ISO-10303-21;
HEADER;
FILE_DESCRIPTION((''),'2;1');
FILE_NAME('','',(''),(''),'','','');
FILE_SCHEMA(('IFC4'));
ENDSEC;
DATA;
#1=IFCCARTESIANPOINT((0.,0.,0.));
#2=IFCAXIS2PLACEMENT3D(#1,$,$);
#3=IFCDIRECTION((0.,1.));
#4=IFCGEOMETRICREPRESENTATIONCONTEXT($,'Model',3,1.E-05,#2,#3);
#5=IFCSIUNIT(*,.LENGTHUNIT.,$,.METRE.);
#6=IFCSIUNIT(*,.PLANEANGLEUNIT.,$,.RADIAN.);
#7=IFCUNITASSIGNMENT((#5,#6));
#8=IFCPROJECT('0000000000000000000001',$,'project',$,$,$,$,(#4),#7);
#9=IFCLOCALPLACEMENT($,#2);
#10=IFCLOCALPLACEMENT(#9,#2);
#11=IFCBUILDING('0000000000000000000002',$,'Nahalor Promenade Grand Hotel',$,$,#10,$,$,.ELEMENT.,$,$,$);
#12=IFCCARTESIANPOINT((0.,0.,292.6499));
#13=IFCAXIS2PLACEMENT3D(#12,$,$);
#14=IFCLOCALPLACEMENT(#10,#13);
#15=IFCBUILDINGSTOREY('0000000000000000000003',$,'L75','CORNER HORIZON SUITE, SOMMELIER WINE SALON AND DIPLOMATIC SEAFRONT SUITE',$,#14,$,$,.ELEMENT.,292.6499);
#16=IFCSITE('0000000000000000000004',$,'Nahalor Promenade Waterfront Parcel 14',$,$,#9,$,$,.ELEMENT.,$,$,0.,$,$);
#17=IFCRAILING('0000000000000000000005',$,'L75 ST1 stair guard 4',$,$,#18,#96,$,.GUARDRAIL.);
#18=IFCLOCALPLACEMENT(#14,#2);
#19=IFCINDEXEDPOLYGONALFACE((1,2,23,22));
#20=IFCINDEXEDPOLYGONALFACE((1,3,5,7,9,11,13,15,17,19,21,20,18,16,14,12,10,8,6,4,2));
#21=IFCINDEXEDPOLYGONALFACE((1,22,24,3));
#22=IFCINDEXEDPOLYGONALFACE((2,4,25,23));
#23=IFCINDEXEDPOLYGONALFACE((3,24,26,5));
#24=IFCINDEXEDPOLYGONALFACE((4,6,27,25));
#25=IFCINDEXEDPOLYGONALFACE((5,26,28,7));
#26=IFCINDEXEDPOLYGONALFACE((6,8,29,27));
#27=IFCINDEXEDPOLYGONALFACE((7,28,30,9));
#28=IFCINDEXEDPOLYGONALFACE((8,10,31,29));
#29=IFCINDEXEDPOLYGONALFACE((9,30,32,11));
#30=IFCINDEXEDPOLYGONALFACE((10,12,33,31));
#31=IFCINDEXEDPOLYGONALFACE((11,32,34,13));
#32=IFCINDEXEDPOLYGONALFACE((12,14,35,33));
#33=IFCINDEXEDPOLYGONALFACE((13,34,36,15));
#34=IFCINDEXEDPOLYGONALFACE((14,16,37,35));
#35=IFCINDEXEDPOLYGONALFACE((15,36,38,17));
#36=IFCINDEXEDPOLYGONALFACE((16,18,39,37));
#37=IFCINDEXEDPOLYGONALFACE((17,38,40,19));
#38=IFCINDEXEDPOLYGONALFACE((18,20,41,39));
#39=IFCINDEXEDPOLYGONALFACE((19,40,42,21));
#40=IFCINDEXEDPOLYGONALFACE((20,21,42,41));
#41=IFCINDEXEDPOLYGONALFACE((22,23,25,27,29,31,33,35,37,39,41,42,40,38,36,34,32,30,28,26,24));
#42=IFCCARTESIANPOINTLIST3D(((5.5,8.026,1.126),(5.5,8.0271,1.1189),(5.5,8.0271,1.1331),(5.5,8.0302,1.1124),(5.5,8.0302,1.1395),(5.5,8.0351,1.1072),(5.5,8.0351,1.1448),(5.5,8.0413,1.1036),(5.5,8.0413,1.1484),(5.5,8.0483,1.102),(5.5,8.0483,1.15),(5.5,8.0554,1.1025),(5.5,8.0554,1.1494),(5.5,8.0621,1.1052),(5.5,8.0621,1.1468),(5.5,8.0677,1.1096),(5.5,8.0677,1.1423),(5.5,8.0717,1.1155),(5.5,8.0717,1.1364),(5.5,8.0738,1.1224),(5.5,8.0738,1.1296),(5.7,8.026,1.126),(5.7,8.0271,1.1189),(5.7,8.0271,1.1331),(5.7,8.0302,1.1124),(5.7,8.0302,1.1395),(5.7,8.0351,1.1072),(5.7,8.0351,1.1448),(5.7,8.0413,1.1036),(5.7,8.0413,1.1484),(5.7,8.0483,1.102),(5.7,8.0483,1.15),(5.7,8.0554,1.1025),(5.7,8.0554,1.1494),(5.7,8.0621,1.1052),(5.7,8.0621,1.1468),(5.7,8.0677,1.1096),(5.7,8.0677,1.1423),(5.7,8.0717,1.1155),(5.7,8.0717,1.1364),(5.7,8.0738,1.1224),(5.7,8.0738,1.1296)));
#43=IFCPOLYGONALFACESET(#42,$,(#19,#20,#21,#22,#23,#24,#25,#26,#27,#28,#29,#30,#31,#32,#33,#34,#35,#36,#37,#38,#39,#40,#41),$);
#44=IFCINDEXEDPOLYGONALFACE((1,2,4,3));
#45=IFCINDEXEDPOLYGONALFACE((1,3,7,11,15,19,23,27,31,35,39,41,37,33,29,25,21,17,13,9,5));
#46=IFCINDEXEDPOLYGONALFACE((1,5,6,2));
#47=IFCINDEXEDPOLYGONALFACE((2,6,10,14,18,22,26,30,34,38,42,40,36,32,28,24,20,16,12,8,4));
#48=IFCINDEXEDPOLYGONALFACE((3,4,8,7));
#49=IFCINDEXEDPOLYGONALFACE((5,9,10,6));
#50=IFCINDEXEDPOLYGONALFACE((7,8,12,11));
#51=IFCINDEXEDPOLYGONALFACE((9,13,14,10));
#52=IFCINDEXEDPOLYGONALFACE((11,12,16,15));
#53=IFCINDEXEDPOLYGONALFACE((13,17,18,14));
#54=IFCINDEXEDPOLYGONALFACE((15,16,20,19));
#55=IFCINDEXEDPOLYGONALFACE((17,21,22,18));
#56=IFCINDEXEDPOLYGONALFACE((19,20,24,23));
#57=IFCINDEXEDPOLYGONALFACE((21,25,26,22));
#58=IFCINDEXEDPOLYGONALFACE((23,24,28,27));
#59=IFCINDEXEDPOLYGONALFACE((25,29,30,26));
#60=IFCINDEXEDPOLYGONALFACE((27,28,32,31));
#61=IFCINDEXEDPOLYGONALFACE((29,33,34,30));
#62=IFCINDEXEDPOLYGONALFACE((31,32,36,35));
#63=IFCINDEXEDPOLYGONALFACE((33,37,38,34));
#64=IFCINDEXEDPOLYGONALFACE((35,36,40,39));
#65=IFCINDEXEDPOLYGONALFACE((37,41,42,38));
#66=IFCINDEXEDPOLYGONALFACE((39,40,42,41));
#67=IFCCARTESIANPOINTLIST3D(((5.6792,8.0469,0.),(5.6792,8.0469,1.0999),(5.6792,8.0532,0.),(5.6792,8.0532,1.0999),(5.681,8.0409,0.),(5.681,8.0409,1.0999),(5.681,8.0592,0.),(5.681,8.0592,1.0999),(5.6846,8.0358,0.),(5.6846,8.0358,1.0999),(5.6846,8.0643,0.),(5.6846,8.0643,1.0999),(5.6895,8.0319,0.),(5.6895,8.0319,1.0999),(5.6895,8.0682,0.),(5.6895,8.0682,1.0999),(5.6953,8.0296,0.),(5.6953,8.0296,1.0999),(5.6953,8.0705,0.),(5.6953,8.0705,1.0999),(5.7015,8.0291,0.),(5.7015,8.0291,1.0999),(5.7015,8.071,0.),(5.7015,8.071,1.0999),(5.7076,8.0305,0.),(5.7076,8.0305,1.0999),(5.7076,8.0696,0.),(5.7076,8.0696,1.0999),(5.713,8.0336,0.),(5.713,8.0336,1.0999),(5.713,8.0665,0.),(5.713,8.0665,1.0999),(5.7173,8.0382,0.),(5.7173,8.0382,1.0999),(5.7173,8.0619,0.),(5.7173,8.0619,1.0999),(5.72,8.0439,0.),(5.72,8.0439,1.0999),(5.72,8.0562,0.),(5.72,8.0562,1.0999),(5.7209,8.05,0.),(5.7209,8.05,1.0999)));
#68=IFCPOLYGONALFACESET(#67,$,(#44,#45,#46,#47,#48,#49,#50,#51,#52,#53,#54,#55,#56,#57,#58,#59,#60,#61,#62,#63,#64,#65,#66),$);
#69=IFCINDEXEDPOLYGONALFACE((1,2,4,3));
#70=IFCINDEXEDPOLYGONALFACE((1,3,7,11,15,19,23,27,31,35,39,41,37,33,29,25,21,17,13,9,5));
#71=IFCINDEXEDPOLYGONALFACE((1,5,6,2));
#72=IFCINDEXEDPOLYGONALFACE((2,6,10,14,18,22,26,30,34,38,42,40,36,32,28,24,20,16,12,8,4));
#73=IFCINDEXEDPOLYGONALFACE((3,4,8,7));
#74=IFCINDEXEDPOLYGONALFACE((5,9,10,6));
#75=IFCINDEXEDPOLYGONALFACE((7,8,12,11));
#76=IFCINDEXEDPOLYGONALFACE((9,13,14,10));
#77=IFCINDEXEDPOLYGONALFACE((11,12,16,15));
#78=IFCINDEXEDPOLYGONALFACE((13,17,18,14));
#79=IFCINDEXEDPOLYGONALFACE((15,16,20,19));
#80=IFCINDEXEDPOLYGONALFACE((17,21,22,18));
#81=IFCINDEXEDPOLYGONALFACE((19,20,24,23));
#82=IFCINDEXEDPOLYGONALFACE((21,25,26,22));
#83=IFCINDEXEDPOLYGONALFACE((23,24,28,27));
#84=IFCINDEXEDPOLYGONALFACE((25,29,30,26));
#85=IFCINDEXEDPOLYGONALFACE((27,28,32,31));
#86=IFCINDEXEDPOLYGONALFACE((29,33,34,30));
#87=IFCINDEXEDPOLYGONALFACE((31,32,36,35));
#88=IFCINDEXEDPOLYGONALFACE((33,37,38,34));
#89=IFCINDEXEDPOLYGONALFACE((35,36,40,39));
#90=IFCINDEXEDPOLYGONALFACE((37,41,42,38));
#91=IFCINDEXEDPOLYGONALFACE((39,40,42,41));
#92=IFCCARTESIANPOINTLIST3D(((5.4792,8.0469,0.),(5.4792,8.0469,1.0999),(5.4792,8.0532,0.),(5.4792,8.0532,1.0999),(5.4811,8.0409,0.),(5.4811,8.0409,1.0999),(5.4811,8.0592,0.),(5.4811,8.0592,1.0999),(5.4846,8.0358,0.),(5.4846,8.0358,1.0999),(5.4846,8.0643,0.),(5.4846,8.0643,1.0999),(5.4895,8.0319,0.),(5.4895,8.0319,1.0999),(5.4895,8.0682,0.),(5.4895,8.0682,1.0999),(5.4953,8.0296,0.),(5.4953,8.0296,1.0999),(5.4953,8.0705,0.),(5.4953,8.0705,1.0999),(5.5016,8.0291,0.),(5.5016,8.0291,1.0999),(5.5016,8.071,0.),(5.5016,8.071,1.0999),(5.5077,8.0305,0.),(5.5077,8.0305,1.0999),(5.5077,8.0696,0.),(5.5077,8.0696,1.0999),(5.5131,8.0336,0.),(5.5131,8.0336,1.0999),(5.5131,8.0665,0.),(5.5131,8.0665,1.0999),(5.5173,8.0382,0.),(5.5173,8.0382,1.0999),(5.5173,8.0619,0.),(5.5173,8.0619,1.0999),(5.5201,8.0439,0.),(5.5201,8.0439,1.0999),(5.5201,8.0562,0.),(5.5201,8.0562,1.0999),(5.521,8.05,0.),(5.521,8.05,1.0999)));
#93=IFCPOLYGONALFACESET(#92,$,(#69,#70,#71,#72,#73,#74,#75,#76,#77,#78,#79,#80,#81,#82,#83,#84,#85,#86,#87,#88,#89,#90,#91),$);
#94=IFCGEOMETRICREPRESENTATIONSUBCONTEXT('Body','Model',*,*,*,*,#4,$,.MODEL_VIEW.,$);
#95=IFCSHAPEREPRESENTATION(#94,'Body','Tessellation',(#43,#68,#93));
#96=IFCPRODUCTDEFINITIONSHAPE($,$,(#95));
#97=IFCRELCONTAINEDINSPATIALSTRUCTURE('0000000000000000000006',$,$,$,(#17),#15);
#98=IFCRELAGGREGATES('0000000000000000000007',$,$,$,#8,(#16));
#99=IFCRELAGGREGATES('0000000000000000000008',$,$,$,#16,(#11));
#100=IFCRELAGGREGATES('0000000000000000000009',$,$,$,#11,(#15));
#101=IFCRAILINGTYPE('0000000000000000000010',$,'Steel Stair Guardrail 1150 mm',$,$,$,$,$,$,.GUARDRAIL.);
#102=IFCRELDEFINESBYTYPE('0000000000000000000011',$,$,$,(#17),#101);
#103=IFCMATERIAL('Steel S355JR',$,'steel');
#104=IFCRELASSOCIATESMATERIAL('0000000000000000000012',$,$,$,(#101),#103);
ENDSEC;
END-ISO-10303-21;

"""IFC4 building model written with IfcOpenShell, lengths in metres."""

from ifc_helpers import new_model, si_unit, direction, frame, origin, origin_2d, place, context, subcontext, project, spatial, circle, extrude, material, type_object, element, save


model = new_model("IFC4")

# Units and contexts
model_context = context("Model", 3, precision=1e-05, world=origin(), true_north=direction((0.0, 1.0)))
body_context = subcontext(model_context, "Body", "Model", "MODEL_VIEW")
ifc_project = project(units=[si_unit("LENGTHUNIT", "METRE"), si_unit("PLANEANGLEUNIT", "RADIAN")], contexts=[model_context])

# Site, building, storey
site_placement = place(None, origin())
site = spatial("IfcSite", under=ifc_project, at=site_placement, Name="Nahalor Promenade Waterfront Parcel 14", CompositionType="ELEMENT", RefElevation=0.0)
building_placement = place(site_placement, origin())
building = spatial("IfcBuilding", under=site, at=building_placement, Name="Nahalor Promenade Grand Hotel", CompositionType="ELEMENT")
storey_placement = place(building_placement, frame((0.0, 0.0, 292.6499)))
storey = spatial("IfcBuildingStorey", under=building, at=storey_placement, Name="L75", Description="CORNER HORIZON SUITE, SOMMELIER WINE SALON AND DIPLOMATIC SEAFRONT SUITE", CompositionType="ELEMENT", Elevation=292.6499)

# Shared definitions
ifc_material_1 = material(Name="Steel S355JR", Category="steel")

# Railing
railing_type_1 = type_object("IfcRailingType", Name="Steel Stair Guardrail 1150 mm", PredefinedType="GUARDRAIL", material=ifc_material_1)
railing_1_placement = place(storey_placement, frame((5.7, 8.05, 0.0)))
element("IfcRailing", 1, at=railing_1_placement, inside=storey, type_object=railing_type_1, Name="L75 ST1 stair guard 4", PredefinedType="GUARDRAIL", context=body_context, shape_type="SweptSolid", body=[
    extrude(circle(Radius=0.024, at=origin_2d()), frame((0.0, 0.0, 1.126), z_axis=(-1.0, 0.0, 0.0), x_axis=(0.0, -1.0, 0.0)), (0.0, 0.0, 1.0), 0.2),
    extrude(circle(Radius=0.021, at=origin_2d()), origin(), (0.0, 0.0, 1.0), 1.0999),
    extrude(circle(Radius=0.021, at=origin_2d()), frame((-0.2, 0.0, 0.0)), (0.0, 0.0, 1.0), 1.0999),
])

save(model, "model.ifc")
